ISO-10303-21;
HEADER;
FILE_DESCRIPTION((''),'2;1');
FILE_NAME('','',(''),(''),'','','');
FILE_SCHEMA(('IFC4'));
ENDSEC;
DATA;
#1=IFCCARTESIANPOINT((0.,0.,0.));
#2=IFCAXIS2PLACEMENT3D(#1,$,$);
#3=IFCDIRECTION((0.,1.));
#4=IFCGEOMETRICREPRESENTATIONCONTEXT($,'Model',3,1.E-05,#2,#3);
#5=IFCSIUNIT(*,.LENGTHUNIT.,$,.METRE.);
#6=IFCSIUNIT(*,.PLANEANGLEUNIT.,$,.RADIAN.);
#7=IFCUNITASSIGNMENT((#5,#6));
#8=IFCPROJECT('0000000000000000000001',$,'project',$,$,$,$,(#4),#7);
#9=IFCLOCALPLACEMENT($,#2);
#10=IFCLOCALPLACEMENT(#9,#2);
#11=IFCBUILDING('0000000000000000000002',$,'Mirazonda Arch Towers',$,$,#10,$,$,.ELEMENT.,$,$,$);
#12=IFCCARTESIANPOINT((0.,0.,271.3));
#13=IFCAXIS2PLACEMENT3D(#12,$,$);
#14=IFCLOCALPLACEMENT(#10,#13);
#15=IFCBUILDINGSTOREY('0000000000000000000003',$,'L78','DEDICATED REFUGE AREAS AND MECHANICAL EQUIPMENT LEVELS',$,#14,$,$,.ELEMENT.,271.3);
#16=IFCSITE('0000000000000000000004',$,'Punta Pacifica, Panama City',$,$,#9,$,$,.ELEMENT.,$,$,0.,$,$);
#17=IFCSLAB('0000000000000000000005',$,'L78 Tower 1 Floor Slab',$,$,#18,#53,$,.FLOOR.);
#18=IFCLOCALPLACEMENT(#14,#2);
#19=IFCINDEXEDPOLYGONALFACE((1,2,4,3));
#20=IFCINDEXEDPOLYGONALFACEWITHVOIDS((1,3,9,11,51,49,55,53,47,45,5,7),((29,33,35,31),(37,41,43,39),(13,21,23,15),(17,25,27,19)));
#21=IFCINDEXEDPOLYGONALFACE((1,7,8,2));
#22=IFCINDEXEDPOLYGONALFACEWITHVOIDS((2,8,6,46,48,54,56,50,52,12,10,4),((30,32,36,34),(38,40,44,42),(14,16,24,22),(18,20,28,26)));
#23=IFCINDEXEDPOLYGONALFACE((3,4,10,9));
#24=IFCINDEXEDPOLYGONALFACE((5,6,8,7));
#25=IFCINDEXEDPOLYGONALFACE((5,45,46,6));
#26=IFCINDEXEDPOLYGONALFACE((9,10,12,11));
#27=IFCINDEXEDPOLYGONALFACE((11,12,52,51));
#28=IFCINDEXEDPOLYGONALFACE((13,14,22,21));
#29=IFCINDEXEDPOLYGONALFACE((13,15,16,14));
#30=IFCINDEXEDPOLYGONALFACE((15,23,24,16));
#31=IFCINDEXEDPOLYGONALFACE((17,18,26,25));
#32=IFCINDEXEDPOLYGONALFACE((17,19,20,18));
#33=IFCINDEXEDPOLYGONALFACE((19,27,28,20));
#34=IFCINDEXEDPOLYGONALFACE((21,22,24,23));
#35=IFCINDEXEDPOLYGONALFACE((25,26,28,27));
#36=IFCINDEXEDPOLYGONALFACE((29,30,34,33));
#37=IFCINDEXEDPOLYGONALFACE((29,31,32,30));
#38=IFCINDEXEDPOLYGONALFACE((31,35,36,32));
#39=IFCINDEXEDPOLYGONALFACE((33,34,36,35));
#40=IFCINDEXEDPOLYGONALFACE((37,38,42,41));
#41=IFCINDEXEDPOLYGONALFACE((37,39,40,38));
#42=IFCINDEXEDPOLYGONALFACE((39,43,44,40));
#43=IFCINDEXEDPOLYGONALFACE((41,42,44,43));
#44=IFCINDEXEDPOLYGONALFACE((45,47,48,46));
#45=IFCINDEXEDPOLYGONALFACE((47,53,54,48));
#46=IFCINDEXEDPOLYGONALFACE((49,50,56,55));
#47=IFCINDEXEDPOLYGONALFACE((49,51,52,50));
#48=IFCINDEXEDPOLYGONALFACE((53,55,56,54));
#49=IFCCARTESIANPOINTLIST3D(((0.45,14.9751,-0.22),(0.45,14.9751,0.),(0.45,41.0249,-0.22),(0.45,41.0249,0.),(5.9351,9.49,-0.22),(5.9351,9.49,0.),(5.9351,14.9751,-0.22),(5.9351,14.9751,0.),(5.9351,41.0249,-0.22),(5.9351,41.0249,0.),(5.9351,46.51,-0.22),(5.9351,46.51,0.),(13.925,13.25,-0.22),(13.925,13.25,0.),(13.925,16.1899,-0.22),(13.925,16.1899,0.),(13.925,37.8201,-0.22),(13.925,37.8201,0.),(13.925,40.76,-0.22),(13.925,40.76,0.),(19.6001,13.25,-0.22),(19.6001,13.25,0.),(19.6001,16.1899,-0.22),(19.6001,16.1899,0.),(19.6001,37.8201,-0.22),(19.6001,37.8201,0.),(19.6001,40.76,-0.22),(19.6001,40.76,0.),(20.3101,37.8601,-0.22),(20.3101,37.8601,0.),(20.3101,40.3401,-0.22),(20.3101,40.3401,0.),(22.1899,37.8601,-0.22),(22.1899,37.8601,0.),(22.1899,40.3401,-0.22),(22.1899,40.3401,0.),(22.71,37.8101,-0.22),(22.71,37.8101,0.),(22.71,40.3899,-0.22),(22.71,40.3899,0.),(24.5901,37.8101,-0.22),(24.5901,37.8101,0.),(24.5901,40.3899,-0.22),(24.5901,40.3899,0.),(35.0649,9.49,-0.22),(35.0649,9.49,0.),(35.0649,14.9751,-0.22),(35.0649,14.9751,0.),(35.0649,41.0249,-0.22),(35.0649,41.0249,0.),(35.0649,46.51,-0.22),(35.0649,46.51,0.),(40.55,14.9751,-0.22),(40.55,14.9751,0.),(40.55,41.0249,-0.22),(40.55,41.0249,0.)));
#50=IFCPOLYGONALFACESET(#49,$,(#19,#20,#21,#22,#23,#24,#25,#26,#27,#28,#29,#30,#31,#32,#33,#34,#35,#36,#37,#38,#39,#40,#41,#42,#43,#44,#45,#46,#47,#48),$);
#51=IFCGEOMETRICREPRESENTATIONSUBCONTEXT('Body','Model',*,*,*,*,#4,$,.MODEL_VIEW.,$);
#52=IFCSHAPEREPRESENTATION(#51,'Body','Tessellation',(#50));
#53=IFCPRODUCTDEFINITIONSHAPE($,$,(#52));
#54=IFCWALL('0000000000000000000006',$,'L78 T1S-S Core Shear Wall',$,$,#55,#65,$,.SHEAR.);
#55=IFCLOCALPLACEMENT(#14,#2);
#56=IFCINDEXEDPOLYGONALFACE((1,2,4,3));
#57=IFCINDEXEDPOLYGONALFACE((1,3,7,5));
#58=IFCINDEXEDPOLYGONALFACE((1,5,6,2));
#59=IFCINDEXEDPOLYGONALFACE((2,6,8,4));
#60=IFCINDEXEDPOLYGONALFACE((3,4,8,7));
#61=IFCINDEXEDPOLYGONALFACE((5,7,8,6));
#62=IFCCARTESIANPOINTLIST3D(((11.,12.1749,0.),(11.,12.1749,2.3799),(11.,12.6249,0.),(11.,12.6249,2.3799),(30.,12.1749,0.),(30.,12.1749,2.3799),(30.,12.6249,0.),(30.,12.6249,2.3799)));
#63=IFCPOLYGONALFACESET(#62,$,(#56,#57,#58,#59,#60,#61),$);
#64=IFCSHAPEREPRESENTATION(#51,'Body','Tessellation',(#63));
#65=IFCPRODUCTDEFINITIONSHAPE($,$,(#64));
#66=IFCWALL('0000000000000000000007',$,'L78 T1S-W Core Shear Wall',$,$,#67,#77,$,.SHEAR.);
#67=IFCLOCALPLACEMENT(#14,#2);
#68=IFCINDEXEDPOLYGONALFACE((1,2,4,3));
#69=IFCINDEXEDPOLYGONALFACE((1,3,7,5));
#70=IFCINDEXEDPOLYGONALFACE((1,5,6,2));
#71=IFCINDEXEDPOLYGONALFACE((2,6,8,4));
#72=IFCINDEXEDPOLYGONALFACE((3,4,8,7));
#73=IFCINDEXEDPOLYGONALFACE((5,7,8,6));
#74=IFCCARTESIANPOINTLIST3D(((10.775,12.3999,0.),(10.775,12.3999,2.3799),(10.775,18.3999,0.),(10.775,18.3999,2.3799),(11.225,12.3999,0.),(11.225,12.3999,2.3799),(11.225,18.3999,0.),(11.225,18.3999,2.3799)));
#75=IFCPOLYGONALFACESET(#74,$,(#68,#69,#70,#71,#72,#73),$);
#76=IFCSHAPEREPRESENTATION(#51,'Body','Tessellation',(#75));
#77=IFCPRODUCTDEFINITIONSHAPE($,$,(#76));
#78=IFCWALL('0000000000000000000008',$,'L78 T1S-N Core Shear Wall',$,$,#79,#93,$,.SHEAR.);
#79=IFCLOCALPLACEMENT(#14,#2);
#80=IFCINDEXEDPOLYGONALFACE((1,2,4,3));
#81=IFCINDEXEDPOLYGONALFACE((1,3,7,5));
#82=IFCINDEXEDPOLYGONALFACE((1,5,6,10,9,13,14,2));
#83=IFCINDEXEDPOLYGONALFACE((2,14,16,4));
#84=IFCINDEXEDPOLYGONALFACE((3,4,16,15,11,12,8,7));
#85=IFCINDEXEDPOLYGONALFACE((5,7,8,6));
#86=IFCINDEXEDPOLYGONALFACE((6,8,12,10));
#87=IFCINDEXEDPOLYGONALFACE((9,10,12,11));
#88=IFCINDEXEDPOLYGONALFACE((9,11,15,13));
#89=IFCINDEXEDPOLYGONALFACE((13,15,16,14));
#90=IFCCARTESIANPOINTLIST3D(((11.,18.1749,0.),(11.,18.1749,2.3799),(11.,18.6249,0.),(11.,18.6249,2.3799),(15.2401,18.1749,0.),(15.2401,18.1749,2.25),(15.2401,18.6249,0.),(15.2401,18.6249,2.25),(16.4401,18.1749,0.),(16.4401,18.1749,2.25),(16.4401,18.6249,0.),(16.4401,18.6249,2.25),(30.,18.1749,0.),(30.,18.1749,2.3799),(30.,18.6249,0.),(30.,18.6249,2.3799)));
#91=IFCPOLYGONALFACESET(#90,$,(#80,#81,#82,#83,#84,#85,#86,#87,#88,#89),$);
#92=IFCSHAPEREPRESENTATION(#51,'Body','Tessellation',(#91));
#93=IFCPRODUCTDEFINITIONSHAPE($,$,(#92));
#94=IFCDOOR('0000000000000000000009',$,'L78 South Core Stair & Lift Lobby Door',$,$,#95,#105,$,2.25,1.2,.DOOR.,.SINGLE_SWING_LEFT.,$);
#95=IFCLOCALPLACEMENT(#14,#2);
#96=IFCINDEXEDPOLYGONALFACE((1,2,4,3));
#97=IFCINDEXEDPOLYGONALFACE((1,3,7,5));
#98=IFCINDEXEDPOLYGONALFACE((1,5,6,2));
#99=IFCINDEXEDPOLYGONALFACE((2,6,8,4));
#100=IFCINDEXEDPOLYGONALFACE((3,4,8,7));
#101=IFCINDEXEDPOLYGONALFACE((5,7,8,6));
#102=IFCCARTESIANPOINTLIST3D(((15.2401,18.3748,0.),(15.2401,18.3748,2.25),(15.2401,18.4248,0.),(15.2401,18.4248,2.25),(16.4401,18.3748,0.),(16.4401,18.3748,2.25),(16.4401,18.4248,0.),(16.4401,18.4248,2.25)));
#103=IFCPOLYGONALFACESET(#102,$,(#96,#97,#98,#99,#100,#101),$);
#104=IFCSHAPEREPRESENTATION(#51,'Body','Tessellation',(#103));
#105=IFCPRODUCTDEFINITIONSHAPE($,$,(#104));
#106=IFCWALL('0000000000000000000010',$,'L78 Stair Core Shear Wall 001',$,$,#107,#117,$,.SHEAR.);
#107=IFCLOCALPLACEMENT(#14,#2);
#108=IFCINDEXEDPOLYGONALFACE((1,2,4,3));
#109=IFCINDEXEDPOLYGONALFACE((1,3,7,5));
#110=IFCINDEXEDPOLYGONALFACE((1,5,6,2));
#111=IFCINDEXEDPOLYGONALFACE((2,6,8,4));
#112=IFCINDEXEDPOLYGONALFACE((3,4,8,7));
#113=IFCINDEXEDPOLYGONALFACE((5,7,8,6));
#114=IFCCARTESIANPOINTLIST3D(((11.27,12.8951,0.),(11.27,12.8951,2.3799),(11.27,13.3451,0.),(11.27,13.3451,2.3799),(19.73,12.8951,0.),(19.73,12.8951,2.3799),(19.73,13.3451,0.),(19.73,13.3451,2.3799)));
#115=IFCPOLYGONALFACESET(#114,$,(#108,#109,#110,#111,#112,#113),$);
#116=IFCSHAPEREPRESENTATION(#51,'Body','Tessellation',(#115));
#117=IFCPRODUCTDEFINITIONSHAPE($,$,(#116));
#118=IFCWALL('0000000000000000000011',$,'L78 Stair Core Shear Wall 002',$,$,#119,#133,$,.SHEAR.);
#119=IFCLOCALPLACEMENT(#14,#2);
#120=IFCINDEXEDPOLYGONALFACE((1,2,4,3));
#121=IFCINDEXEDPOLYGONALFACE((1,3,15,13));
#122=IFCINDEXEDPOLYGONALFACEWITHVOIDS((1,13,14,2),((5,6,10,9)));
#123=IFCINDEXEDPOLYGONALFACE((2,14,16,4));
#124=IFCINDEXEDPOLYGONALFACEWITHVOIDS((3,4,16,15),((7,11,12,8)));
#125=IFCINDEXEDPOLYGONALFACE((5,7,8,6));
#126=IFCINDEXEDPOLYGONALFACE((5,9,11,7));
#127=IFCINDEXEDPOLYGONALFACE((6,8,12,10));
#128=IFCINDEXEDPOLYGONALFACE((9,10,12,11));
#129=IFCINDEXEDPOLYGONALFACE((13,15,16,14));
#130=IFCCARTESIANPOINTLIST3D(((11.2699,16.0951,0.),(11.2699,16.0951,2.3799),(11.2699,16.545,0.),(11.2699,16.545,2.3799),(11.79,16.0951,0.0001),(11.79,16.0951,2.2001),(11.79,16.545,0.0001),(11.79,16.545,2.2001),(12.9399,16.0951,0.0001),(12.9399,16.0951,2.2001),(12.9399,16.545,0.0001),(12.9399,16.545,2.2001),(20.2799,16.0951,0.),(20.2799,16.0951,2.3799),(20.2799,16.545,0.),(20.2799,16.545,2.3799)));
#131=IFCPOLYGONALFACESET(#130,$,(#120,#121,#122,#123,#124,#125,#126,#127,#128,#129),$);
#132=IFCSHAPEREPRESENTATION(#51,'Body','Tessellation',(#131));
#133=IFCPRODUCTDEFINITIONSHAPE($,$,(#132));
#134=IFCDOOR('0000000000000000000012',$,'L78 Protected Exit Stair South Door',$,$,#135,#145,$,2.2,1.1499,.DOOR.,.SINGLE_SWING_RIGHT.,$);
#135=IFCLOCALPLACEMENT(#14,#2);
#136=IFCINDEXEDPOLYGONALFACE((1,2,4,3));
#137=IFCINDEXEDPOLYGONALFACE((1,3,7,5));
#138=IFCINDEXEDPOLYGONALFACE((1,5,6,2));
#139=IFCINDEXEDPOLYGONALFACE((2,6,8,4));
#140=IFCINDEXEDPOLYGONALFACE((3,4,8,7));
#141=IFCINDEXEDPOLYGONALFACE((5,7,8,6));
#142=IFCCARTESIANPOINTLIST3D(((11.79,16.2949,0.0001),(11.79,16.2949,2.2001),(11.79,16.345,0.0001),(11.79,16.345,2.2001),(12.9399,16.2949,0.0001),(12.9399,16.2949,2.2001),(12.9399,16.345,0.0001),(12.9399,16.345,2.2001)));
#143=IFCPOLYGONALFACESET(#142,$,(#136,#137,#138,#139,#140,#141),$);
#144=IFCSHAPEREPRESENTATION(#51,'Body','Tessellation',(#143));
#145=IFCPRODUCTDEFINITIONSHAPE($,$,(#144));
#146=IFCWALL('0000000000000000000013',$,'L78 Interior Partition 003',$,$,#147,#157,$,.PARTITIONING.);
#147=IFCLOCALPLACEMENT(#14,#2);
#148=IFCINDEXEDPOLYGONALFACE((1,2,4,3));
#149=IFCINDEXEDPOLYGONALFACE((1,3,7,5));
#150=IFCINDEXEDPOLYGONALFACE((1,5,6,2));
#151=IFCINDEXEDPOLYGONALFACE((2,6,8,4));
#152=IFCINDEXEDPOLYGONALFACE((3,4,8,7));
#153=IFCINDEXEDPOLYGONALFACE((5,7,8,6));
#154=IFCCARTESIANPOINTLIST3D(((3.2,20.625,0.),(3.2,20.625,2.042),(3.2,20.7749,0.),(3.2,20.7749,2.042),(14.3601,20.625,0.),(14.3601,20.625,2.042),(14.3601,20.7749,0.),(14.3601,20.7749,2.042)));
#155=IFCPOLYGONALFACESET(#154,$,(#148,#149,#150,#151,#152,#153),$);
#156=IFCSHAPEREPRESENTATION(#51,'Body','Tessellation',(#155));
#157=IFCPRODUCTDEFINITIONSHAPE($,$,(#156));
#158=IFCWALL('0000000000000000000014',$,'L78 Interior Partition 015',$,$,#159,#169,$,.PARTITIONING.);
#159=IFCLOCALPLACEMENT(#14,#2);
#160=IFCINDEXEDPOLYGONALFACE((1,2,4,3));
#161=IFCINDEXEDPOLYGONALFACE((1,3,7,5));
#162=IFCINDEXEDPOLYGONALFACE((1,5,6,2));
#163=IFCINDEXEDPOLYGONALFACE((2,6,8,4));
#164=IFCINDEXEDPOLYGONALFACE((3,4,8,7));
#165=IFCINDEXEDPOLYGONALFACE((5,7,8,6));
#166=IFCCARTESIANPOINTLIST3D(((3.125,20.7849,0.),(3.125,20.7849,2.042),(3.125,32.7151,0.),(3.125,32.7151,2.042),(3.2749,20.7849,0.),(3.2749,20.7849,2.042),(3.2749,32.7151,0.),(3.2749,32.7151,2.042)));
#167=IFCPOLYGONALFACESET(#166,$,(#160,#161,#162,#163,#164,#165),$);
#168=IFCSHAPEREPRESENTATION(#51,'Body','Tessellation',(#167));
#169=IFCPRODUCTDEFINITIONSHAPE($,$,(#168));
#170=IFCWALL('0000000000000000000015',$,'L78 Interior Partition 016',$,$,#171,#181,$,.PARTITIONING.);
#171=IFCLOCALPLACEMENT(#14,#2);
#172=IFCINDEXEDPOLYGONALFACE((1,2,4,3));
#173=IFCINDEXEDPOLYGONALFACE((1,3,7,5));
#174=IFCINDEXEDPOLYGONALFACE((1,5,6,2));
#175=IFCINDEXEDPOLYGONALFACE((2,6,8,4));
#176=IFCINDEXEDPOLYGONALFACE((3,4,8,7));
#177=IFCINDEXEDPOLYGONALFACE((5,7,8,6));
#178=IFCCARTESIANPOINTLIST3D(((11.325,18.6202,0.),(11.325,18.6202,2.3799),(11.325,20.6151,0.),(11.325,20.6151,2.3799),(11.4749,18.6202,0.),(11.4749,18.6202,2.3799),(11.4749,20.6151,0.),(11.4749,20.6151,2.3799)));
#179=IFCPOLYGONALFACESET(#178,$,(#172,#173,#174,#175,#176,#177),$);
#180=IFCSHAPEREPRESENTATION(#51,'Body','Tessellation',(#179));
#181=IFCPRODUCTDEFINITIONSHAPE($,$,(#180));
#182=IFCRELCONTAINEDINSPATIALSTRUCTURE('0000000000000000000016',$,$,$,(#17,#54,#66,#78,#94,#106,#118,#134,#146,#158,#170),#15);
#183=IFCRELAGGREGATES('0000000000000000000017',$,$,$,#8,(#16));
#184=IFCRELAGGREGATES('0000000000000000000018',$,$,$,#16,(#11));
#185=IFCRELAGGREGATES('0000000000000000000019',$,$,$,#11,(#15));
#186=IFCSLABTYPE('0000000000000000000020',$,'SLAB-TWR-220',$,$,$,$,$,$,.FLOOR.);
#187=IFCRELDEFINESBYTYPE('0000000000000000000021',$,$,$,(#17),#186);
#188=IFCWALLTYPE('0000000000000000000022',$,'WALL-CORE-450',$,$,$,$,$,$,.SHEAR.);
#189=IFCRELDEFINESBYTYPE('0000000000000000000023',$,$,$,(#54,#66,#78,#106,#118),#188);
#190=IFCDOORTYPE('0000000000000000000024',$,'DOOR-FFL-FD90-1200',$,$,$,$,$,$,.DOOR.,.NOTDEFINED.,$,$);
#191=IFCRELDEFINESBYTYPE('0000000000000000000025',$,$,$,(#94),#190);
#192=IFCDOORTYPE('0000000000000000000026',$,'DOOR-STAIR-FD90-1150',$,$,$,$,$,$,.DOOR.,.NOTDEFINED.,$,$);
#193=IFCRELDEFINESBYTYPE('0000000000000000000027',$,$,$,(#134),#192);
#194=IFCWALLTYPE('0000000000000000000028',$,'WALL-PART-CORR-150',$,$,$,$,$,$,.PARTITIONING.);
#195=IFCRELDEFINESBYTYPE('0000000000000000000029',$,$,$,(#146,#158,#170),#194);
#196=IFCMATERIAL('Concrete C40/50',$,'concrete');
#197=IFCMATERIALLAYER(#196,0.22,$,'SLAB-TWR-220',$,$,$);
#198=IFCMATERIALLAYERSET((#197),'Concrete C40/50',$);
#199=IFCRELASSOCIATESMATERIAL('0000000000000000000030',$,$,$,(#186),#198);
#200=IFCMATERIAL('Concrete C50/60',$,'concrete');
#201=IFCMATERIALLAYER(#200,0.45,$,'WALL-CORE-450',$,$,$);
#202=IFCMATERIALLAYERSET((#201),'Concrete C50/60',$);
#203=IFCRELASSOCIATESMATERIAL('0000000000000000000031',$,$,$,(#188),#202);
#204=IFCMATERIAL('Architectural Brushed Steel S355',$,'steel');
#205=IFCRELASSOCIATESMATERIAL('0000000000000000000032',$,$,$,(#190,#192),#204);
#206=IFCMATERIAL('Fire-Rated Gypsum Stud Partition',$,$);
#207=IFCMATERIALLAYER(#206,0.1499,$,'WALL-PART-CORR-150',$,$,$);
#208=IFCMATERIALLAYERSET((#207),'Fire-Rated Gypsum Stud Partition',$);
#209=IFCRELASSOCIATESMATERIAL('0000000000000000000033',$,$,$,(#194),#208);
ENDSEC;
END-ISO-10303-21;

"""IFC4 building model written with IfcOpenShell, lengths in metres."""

from ifc_helpers import new_model, si_unit, direction, frame, frame_2d, origin, place, context, subcontext, project, spatial, polyline, rectangle, outline, extrude, material, layer, layer_set, type_object, element, fill, save


model = new_model("IFC4")

# Units and contexts
model_context = context("Model", 3, precision=1e-05, world=origin(), true_north=direction((0.0, 1.0)))
body_context = subcontext(model_context, "Body", "Model", "MODEL_VIEW")
ifc_project = project(units=[si_unit("LENGTHUNIT", "METRE"), si_unit("PLANEANGLEUNIT", "RADIAN")], contexts=[model_context])

# Site, building, storey
site_placement = place(None, origin())
site = spatial("IfcSite", under=ifc_project, at=site_placement, Name="Punta Pacifica, Panama City", CompositionType="ELEMENT", RefElevation=0.0)
building_placement = place(site_placement, origin())
building = spatial("IfcBuilding", under=site, at=building_placement, Name="Mirazonda Arch Towers", CompositionType="ELEMENT")
storey_placement = place(building_placement, frame((0.0, 0.0, 271.3)))
storey = spatial("IfcBuildingStorey", under=building, at=storey_placement, Name="L78", Description="DEDICATED REFUGE AREAS AND MECHANICAL EQUIPMENT LEVELS", CompositionType="ELEMENT", Elevation=271.3)

# Shared definitions
ifc_material_1 = material(Name="Concrete C50/60", Category="concrete")

# Shared definitions
ifc_material_2 = material(Name="Concrete C40/50", Category="concrete")

# Slab
ifc_layer_1 = layer(ifc_material_2, 0.22, Name="SLAB-TWR-220")
ifc_layer_set_1 = layer_set([ifc_layer_1], Name="Concrete C40/50")
slab_type_1 = type_object("IfcSlabType", Name="SLAB-TWR-220", PredefinedType="FLOOR", material=ifc_layer_set_1)
slab_1_placement = place(storey_placement, frame((0.0, 0.0, -0.22)))
element("IfcSlab", 1, at=slab_1_placement, inside=storey, type_object=slab_type_1, Name="L78 Tower 1 Floor Slab", PredefinedType="FLOOR", context=body_context, shape_type="SweptSolid", body=[
    extrude(outline(polyline([(5.9351, 9.49), (35.0649, 9.49), (35.0649, 14.9751), (40.55, 14.9751), (40.55, 41.0249), (35.0649, 41.0249), (35.0649, 46.51), (5.9351, 46.51), (5.9351, 41.0249), (0.45, 41.0249), (0.45, 14.9751), (5.9351, 14.9751), (5.9351, 9.49)]), holes=[polyline([(22.71, 37.8101), (22.71, 40.3899), (24.5901, 40.3899), (24.5901, 37.8101), (22.71, 37.8101)]), polyline([(20.3101, 37.8601), (20.3101, 40.3401), (22.1899, 40.3401), (22.1899, 37.8601), (20.3101, 37.8601)]), polyline([(19.6001, 13.25), (13.925, 13.25), (13.925, 16.1899), (19.6001, 16.1899), (19.6001, 13.25)]), polyline([(19.6001, 37.8201), (13.925, 37.8201), (13.925, 40.76), (19.6001, 40.76), (19.6001, 37.8201)])]), origin(), (0.0, 0.0, 1.0), 0.22),
])

# Walls
ifc_layer_2 = layer(ifc_material_1, 0.45, Name="WALL-CORE-450")
ifc_layer_set_2 = layer_set([ifc_layer_2], Name="Concrete C50/60")
wall_type_1 = type_object("IfcWallType", Name="WALL-CORE-450", PredefinedType="SHEAR", material=ifc_layer_set_2)
wall_1_placement = place(storey_placement, frame((11.0, 12.3999, 0.0), z_axis=(0.0, 0.0, 1.0), x_axis=(1.0, 0.0, 0.0)))
element("IfcWall", 2, at=wall_1_placement, inside=storey, type_object=wall_type_1, Name="L78 T1S-S Core Shear Wall", PredefinedType="SHEAR", context=body_context, shape_type="SweptSolid", body=[
    extrude(rectangle(XDim=19.0, YDim=0.45, at=frame_2d((9.5, 0.0))), origin(), (0.0, 0.0, 1.0), 2.3799),
])
wall_2_placement = place(storey_placement, frame((11.0, 12.3999, 0.0), z_axis=(0.0, 0.0, 1.0), x_axis=(0.0, 1.0, 0.0)))
element("IfcWall", 3, at=wall_2_placement, inside=storey, type_object=wall_type_1, Name="L78 T1S-W Core Shear Wall", PredefinedType="SHEAR", context=body_context, shape_type="SweptSolid", body=[
    extrude(rectangle(XDim=6.0, YDim=0.45, at=frame_2d((3.0, 0.0))), origin(), (0.0, 0.0, 1.0), 2.3799),
])

# Wall, opening, door
wall_3_placement = place(storey_placement, frame((11.0, 18.3999, 0.0), z_axis=(0.0, 0.0, 1.0), x_axis=(1.0, 0.0, 0.0)))
wall_3 = element("IfcWall", 4, at=wall_3_placement, inside=storey, type_object=wall_type_1, Name="L78 T1S-N Core Shear Wall", PredefinedType="SHEAR", context=body_context, shape_type="SweptSolid", body=[
    extrude(rectangle(XDim=19.0, YDim=0.45, at=frame_2d((9.5, 0.0))), origin(), (0.0, 0.0, 1.0), 2.3799),
])
opening_1_placement = place(wall_3_placement, frame((4.24, 0.0, 0.0)))
opening_1 = element("IfcOpeningElement", 5, at=opening_1_placement, cuts=wall_3, PredefinedType="OPENING", context=body_context, shape_type="SweptSolid", body=[
    extrude(rectangle(XDim=1.2, YDim=2.25, at=frame_2d((0.6001, 1.125))), frame((0.0, 0.2349, 0.0), z_axis=(0.0, -1.0, 0.0), x_axis=(1.0, 0.0, 0.0)), (0.0, 0.0, 1.0), 0.47),
])
ifc_material_3 = material(Name="Architectural Brushed Steel S355", Category="steel")
door_type_1 = type_object("IfcDoorType", Name="DOOR-FFL-FD90-1200", OperationType="NOTDEFINED", PredefinedType="DOOR", material=ifc_material_3)
door_1_placement = place(opening_1_placement, origin())
door_1 = element("IfcDoor", 6, at=door_1_placement, inside=storey, type_object=door_type_1, Name="L78 South Core Stair & Lift Lobby Door", OperationType="SINGLE_SWING_LEFT", OverallHeight=2.25, OverallWidth=1.2, PredefinedType="DOOR", context=body_context, shape_type="SweptSolid", body=[
    extrude(rectangle(XDim=1.2, YDim=2.25, at=frame_2d((0.6001, 1.125))), frame((0.0, 0.0249, 0.0), z_axis=(0.0, -1.0, 0.0), x_axis=(1.0, 0.0, 0.0)), (0.0, 0.0, 1.0), 0.05),
])
fill(opening_1, door_1)

# Wall
wall_4_placement = place(storey_placement, frame((11.27, 13.1201, 0.0), z_axis=(0.0, 0.0, 1.0), x_axis=(1.0, 0.0, 0.0)))
element("IfcWall", 7, at=wall_4_placement, inside=storey, type_object=wall_type_1, Name="L78 Stair Core Shear Wall 001", PredefinedType="SHEAR", context=body_context, shape_type="SweptSolid", body=[
    extrude(rectangle(XDim=8.46, YDim=0.45, at=frame_2d((4.23, 0.0))), origin(), (0.0, 0.0, 1.0), 2.3799),
])

# Wall, opening, door
wall_5_placement = place(storey_placement, frame((11.27, 16.3201, 0.0), z_axis=(0.0, 0.0, 1.0), x_axis=(1.0, 0.0, 0.0)))
wall_5 = element("IfcWall", 8, at=wall_5_placement, inside=storey, type_object=wall_type_1, Name="L78 Stair Core Shear Wall 002", PredefinedType="SHEAR", context=body_context, shape_type="SweptSolid", body=[
    extrude(rectangle(XDim=9.01, YDim=0.45, at=frame_2d((4.5049, 0.0))), origin(), (0.0, 0.0, 1.0), 2.3799),
])
opening_2_placement = place(wall_5_placement, frame((0.52, 0.0, 0.0)))
opening_2 = element("IfcOpeningElement", 9, at=opening_2_placement, cuts=wall_5, PredefinedType="OPENING", context=body_context, shape_type="SweptSolid", body=[
    extrude(rectangle(XDim=1.1499, YDim=2.2, at=frame_2d((0.575, 1.1001))), frame((0.0, 0.2349, 0.0), z_axis=(0.0, -1.0, 0.0), x_axis=(1.0, 0.0, 0.0)), (0.0, 0.0, 1.0), 0.47),
])
door_type_2 = type_object("IfcDoorType", Name="DOOR-STAIR-FD90-1150", OperationType="NOTDEFINED", PredefinedType="DOOR", material=ifc_material_3)
door_2_placement = place(opening_2_placement, origin())
door_2 = element("IfcDoor", 10, at=door_2_placement, inside=storey, type_object=door_type_2, Name="L78 Protected Exit Stair South Door", OperationType="SINGLE_SWING_RIGHT", OverallHeight=2.2, OverallWidth=1.1499, PredefinedType="DOOR", context=body_context, shape_type="SweptSolid", body=[
    extrude(rectangle(XDim=1.1499, YDim=2.2, at=frame_2d((0.575, 1.1001))), frame((0.0, 0.0249, 0.0), z_axis=(0.0, -1.0, 0.0), x_axis=(1.0, 0.0, 0.0)), (0.0, 0.0, 1.0), 0.05),
])
fill(opening_2, door_2)

# Walls
ifc_material_4 = material(Name="Fire-Rated Gypsum Stud Partition")
ifc_layer_3 = layer(ifc_material_4, 0.1499, Name="WALL-PART-CORR-150")
ifc_layer_set_3 = layer_set([ifc_layer_3], Name="Fire-Rated Gypsum Stud Partition")
wall_type_2 = type_object("IfcWallType", Name="WALL-PART-CORR-150", PredefinedType="PARTITIONING", material=ifc_layer_set_3)
wall_6_placement = place(storey_placement, frame((3.2, 20.7, 0.0), z_axis=(0.0, 0.0, 1.0), x_axis=(1.0, 0.0, 0.0)))
element("IfcWall", 11, at=wall_6_placement, inside=storey, type_object=wall_type_2, Name="L78 Interior Partition 003", PredefinedType="PARTITIONING", context=body_context, shape_type="SweptSolid", body=[
    extrude(rectangle(XDim=11.1602, YDim=0.1499, at=frame_2d((5.5801, 0.0))), origin(), (0.0, 0.0, 1.0), 2.042),
])
wall_7_placement = place(storey_placement, frame((3.2, 20.7849, 0.0), z_axis=(0.0, 0.0, 1.0), x_axis=(0.0, 1.0, 0.0)))
element("IfcWall", 12, at=wall_7_placement, inside=storey, type_object=wall_type_2, Name="L78 Interior Partition 015", PredefinedType="PARTITIONING", context=body_context, shape_type="SweptSolid", body=[
    extrude(rectangle(XDim=11.9302, YDim=0.1499, at=frame_2d((5.9651, 0.0))), origin(), (0.0, 0.0, 1.0), 2.042),
])
wall_8_placement = place(storey_placement, frame((11.3999, 18.6201, 0.0), z_axis=(0.0, 0.0, 1.0), x_axis=(0.0, 1.0, 0.0)))
element("IfcWall", 13, at=wall_8_placement, inside=storey, type_object=wall_type_2, Name="L78 Interior Partition 016", PredefinedType="PARTITIONING", context=body_context, shape_type="SweptSolid", body=[
    extrude(rectangle(XDim=1.9949, YDim=0.1499, at=frame_2d((0.9976, 0.0))), origin(), (0.0, 0.0, 1.0), 2.3799),
])

save(model, "model.ifc")
